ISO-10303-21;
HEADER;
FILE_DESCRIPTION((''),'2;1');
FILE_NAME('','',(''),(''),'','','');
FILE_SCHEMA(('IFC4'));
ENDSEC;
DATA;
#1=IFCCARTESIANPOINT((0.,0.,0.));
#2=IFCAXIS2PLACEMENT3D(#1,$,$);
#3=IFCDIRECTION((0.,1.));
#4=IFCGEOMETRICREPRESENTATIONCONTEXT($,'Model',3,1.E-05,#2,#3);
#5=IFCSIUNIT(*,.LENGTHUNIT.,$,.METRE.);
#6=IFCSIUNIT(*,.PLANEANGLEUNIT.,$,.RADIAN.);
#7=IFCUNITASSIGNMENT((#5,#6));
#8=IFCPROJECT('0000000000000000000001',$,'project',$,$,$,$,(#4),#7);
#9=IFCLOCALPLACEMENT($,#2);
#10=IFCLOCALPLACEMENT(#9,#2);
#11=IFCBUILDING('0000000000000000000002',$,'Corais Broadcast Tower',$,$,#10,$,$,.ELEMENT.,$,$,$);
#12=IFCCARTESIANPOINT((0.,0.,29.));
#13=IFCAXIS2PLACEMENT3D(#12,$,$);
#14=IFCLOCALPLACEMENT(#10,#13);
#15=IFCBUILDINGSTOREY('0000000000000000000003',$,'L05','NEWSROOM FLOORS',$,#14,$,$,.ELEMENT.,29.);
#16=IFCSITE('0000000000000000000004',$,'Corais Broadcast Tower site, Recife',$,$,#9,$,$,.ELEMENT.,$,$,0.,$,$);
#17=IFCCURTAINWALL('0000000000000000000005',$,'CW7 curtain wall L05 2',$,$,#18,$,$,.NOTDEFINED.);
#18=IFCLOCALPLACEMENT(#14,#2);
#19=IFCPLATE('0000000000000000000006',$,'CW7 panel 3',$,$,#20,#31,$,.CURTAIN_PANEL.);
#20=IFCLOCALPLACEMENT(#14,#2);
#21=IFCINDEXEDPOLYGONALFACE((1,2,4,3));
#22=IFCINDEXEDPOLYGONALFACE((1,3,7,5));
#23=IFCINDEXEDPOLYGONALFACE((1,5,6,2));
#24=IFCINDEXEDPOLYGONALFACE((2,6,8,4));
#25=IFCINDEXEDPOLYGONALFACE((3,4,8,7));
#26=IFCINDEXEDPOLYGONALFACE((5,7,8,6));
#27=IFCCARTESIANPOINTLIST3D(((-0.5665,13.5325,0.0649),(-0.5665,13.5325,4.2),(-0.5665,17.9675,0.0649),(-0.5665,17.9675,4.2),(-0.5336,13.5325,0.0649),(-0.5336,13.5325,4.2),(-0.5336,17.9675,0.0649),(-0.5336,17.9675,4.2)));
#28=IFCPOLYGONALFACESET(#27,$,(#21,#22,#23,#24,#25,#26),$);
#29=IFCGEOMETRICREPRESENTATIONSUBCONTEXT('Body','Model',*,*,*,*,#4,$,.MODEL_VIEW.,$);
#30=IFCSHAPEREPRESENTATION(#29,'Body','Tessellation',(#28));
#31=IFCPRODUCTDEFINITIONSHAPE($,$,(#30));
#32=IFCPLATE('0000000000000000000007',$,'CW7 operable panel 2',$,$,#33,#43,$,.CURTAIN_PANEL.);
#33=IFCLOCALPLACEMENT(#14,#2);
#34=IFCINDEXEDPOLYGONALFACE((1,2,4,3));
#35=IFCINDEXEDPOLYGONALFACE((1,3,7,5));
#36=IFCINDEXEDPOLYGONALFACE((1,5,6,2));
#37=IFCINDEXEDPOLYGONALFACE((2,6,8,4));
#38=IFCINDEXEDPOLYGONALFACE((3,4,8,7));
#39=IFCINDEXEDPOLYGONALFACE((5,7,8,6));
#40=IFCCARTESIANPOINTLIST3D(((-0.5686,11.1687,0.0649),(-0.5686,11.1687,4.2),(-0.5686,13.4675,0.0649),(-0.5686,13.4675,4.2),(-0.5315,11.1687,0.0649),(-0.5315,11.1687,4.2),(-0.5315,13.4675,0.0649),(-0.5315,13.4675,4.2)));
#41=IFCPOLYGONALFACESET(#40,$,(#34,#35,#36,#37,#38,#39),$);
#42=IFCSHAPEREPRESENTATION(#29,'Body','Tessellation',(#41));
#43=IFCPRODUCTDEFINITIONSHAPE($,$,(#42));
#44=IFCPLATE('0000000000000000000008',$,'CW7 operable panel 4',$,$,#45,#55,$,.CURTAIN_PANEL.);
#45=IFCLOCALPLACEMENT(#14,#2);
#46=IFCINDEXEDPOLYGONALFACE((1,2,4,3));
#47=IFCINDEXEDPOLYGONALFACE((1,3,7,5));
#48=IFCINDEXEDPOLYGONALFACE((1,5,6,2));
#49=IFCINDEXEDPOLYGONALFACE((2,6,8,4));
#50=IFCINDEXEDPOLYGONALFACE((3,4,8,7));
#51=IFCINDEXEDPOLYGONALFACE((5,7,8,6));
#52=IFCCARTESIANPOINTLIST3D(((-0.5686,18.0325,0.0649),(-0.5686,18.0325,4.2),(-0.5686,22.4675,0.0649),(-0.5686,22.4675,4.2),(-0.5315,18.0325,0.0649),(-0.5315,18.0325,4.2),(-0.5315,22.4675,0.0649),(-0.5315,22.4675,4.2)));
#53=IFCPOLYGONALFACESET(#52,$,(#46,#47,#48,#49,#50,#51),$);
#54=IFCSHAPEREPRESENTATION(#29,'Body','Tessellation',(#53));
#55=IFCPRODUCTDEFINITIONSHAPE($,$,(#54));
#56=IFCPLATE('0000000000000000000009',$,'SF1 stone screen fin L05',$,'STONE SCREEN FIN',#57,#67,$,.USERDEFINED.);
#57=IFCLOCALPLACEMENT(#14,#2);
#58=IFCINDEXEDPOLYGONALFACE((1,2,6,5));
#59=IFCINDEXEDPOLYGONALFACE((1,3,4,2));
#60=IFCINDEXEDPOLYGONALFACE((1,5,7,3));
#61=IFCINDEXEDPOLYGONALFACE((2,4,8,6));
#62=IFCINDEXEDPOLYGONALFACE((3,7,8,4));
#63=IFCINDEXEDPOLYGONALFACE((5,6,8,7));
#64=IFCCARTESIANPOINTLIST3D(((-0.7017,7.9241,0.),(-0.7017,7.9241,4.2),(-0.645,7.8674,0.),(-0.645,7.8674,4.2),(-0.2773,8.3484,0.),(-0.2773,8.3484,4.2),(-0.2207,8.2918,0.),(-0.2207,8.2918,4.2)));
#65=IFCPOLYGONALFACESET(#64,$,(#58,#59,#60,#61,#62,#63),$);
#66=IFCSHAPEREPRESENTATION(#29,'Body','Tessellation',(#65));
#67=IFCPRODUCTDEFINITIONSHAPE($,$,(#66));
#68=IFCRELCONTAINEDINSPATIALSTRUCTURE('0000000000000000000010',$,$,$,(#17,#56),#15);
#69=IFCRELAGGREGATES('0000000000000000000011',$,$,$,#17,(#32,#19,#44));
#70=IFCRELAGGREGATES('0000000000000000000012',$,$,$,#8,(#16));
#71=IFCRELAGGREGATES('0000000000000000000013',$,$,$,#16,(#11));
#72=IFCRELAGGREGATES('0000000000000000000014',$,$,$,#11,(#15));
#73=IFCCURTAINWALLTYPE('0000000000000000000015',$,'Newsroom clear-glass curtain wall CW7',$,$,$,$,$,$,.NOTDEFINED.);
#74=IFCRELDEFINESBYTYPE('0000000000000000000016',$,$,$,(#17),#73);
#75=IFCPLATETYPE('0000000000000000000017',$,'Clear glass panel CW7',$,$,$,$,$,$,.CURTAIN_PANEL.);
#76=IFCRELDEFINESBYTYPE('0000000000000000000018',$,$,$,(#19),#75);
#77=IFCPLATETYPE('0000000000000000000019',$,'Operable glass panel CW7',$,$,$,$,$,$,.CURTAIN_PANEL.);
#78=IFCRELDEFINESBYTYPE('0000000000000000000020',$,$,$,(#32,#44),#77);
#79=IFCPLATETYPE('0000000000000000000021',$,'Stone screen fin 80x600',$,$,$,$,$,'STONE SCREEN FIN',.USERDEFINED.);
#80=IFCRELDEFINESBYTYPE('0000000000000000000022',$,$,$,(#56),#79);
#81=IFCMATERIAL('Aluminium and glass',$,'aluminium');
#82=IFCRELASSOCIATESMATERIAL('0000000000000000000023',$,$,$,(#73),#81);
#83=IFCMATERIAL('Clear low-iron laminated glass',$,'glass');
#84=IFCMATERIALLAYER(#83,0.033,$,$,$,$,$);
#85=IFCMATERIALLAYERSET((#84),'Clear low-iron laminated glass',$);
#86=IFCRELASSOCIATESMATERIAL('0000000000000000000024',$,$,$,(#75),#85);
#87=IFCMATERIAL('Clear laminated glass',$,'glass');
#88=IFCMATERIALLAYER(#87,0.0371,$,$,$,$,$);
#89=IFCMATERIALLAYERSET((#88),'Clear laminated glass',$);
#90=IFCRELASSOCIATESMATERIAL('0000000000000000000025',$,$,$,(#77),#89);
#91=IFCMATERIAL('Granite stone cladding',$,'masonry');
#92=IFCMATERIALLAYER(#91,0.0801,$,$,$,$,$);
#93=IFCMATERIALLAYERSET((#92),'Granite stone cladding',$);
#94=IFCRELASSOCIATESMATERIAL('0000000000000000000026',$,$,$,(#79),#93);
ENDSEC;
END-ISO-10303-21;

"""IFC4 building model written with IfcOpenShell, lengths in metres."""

from ifc_helpers import new_model, si_unit, direction, frame, origin, origin_2d, place, context, subcontext, project, spatial, rectangle, extrude, material, layer, layer_set, type_object, element, aggregate, save


model = new_model("IFC4")

# Units and contexts
model_context = context("Model", 3, precision=1e-05, world=origin(), true_north=direction((0.0, 1.0)))
body_context = subcontext(model_context, "Body", "Model", "MODEL_VIEW")
ifc_project = project(units=[si_unit("LENGTHUNIT", "METRE"), si_unit("PLANEANGLEUNIT", "RADIAN")], contexts=[model_context])

# Site, building, storey
site_placement = place(None, origin())
site = spatial("IfcSite", under=ifc_project, at=site_placement, Name="Corais Broadcast Tower site, Recife", CompositionType="ELEMENT", RefElevation=0.0)
building_placement = place(site_placement, origin())
building = spatial("IfcBuilding", under=site, at=building_placement, Name="Corais Broadcast Tower", CompositionType="ELEMENT")
storey_placement = place(building_placement, frame((0.0, 0.0, 29.0)))
storey = spatial("IfcBuildingStorey", under=building, at=storey_placement, Name="L05", Description="NEWSROOM FLOORS", CompositionType="ELEMENT", Elevation=29.0)

# Shared definitions
ifc_material_1 = material(Name="Aluminium and glass", Category="aluminium")
curtain_wall_type = type_object("IfcCurtainWallType", Name="Newsroom clear-glass curtain wall CW7", PredefinedType="NOTDEFINED", material=ifc_material_1)

# Curtain wall
curtain_wall_1_placement = place(storey_placement, origin())
curtain_wall_1 = element("IfcCurtainWall", 1, at=curtain_wall_1_placement, inside=storey, type_object=curtain_wall_type, Name="CW7 curtain wall L05 2", PredefinedType="NOTDEFINED")

# Plates
ifc_material_2 = material(Name="Clear low-iron laminated glass", Category="glass")
ifc_layer_1 = layer(ifc_material_2, 0.033)
ifc_layer_set_1 = layer_set([ifc_layer_1], Name="Clear low-iron laminated glass")
plate_type_1 = type_object("IfcPlateType", Name="Clear glass panel CW7", PredefinedType="CURTAIN_PANEL", material=ifc_layer_set_1)
plate_1_placement = place(storey_placement, frame((-0.55, 15.75, 0.0649), z_axis=(0.0, 0.0, 1.0), x_axis=(0.0, 1.0, 0.0)))
plate_1 = element("IfcPlate", 2, at=plate_1_placement, type_object=plate_type_1, Name="CW7 panel 3", PredefinedType="CURTAIN_PANEL", context=body_context, shape_type="SweptSolid", body=[
    extrude(rectangle(XDim=4.4351, YDim=0.033, at=origin_2d()), origin(), (0.0, 0.0, 1.0), 4.135),
])
ifc_material_3 = material(Name="Clear laminated glass", Category="glass")
ifc_layer_2 = layer(ifc_material_3, 0.0371)
ifc_layer_set_2 = layer_set([ifc_layer_2], Name="Clear laminated glass")
plate_type_2 = type_object("IfcPlateType", Name="Operable glass panel CW7", PredefinedType="CURTAIN_PANEL", material=ifc_layer_set_2)
plate_2_placement = place(storey_placement, frame((-0.55, 12.3181, 0.0649), z_axis=(0.0, 0.0, 1.0), x_axis=(0.0, 1.0, 0.0)))
plate_2 = element("IfcPlate", 3, at=plate_2_placement, type_object=plate_type_2, Name="CW7 operable panel 2", PredefinedType="CURTAIN_PANEL", context=body_context, shape_type="SweptSolid", body=[
    extrude(rectangle(XDim=2.2988, YDim=0.0371, at=origin_2d()), origin(), (0.0, 0.0, 1.0), 4.135),
])
plate_3_placement = place(storey_placement, frame((-0.55, 20.25, 0.0649), z_axis=(0.0, 0.0, 1.0), x_axis=(0.0, 1.0, 0.0)))
plate_3 = element("IfcPlate", 4, at=plate_3_placement, type_object=plate_type_2, Name="CW7 operable panel 4", PredefinedType="CURTAIN_PANEL", context=body_context, shape_type="SweptSolid", body=[
    extrude(rectangle(XDim=4.4351, YDim=0.0371, at=origin_2d()), origin(), (0.0, 0.0, 1.0), 4.135),
])
aggregate(curtain_wall_1, [plate_2, plate_1, plate_3])
ifc_material_4 = material(Name="Granite stone cladding", Category="masonry")
ifc_layer_3 = layer(ifc_material_4, 0.0801)
ifc_layer_set_3 = layer_set([ifc_layer_3], Name="Granite stone cladding")
plate_type_3 = type_object("IfcPlateType", Name="Stone screen fin 80x600", ElementType="STONE SCREEN FIN", PredefinedType="USERDEFINED", material=ifc_layer_set_3)
plate_4_placement = place(storey_placement, frame((-0.4612, 8.1079, 0.0), z_axis=(0.0, 0.0, 1.0), x_axis=(-0.707107, 0.707107, 0.0)))
element("IfcPlate", 5, at=plate_4_placement, inside=storey, type_object=plate_type_3, Name="SF1 stone screen fin L05", ObjectType="STONE SCREEN FIN", PredefinedType="USERDEFINED", context=body_context, shape_type="SweptSolid", body=[
    extrude(rectangle(XDim=0.0801, YDim=0.6001, at=origin_2d()), origin(), (0.0, 0.0, 1.0), 4.2),
])

save(model, "model.ifc")
